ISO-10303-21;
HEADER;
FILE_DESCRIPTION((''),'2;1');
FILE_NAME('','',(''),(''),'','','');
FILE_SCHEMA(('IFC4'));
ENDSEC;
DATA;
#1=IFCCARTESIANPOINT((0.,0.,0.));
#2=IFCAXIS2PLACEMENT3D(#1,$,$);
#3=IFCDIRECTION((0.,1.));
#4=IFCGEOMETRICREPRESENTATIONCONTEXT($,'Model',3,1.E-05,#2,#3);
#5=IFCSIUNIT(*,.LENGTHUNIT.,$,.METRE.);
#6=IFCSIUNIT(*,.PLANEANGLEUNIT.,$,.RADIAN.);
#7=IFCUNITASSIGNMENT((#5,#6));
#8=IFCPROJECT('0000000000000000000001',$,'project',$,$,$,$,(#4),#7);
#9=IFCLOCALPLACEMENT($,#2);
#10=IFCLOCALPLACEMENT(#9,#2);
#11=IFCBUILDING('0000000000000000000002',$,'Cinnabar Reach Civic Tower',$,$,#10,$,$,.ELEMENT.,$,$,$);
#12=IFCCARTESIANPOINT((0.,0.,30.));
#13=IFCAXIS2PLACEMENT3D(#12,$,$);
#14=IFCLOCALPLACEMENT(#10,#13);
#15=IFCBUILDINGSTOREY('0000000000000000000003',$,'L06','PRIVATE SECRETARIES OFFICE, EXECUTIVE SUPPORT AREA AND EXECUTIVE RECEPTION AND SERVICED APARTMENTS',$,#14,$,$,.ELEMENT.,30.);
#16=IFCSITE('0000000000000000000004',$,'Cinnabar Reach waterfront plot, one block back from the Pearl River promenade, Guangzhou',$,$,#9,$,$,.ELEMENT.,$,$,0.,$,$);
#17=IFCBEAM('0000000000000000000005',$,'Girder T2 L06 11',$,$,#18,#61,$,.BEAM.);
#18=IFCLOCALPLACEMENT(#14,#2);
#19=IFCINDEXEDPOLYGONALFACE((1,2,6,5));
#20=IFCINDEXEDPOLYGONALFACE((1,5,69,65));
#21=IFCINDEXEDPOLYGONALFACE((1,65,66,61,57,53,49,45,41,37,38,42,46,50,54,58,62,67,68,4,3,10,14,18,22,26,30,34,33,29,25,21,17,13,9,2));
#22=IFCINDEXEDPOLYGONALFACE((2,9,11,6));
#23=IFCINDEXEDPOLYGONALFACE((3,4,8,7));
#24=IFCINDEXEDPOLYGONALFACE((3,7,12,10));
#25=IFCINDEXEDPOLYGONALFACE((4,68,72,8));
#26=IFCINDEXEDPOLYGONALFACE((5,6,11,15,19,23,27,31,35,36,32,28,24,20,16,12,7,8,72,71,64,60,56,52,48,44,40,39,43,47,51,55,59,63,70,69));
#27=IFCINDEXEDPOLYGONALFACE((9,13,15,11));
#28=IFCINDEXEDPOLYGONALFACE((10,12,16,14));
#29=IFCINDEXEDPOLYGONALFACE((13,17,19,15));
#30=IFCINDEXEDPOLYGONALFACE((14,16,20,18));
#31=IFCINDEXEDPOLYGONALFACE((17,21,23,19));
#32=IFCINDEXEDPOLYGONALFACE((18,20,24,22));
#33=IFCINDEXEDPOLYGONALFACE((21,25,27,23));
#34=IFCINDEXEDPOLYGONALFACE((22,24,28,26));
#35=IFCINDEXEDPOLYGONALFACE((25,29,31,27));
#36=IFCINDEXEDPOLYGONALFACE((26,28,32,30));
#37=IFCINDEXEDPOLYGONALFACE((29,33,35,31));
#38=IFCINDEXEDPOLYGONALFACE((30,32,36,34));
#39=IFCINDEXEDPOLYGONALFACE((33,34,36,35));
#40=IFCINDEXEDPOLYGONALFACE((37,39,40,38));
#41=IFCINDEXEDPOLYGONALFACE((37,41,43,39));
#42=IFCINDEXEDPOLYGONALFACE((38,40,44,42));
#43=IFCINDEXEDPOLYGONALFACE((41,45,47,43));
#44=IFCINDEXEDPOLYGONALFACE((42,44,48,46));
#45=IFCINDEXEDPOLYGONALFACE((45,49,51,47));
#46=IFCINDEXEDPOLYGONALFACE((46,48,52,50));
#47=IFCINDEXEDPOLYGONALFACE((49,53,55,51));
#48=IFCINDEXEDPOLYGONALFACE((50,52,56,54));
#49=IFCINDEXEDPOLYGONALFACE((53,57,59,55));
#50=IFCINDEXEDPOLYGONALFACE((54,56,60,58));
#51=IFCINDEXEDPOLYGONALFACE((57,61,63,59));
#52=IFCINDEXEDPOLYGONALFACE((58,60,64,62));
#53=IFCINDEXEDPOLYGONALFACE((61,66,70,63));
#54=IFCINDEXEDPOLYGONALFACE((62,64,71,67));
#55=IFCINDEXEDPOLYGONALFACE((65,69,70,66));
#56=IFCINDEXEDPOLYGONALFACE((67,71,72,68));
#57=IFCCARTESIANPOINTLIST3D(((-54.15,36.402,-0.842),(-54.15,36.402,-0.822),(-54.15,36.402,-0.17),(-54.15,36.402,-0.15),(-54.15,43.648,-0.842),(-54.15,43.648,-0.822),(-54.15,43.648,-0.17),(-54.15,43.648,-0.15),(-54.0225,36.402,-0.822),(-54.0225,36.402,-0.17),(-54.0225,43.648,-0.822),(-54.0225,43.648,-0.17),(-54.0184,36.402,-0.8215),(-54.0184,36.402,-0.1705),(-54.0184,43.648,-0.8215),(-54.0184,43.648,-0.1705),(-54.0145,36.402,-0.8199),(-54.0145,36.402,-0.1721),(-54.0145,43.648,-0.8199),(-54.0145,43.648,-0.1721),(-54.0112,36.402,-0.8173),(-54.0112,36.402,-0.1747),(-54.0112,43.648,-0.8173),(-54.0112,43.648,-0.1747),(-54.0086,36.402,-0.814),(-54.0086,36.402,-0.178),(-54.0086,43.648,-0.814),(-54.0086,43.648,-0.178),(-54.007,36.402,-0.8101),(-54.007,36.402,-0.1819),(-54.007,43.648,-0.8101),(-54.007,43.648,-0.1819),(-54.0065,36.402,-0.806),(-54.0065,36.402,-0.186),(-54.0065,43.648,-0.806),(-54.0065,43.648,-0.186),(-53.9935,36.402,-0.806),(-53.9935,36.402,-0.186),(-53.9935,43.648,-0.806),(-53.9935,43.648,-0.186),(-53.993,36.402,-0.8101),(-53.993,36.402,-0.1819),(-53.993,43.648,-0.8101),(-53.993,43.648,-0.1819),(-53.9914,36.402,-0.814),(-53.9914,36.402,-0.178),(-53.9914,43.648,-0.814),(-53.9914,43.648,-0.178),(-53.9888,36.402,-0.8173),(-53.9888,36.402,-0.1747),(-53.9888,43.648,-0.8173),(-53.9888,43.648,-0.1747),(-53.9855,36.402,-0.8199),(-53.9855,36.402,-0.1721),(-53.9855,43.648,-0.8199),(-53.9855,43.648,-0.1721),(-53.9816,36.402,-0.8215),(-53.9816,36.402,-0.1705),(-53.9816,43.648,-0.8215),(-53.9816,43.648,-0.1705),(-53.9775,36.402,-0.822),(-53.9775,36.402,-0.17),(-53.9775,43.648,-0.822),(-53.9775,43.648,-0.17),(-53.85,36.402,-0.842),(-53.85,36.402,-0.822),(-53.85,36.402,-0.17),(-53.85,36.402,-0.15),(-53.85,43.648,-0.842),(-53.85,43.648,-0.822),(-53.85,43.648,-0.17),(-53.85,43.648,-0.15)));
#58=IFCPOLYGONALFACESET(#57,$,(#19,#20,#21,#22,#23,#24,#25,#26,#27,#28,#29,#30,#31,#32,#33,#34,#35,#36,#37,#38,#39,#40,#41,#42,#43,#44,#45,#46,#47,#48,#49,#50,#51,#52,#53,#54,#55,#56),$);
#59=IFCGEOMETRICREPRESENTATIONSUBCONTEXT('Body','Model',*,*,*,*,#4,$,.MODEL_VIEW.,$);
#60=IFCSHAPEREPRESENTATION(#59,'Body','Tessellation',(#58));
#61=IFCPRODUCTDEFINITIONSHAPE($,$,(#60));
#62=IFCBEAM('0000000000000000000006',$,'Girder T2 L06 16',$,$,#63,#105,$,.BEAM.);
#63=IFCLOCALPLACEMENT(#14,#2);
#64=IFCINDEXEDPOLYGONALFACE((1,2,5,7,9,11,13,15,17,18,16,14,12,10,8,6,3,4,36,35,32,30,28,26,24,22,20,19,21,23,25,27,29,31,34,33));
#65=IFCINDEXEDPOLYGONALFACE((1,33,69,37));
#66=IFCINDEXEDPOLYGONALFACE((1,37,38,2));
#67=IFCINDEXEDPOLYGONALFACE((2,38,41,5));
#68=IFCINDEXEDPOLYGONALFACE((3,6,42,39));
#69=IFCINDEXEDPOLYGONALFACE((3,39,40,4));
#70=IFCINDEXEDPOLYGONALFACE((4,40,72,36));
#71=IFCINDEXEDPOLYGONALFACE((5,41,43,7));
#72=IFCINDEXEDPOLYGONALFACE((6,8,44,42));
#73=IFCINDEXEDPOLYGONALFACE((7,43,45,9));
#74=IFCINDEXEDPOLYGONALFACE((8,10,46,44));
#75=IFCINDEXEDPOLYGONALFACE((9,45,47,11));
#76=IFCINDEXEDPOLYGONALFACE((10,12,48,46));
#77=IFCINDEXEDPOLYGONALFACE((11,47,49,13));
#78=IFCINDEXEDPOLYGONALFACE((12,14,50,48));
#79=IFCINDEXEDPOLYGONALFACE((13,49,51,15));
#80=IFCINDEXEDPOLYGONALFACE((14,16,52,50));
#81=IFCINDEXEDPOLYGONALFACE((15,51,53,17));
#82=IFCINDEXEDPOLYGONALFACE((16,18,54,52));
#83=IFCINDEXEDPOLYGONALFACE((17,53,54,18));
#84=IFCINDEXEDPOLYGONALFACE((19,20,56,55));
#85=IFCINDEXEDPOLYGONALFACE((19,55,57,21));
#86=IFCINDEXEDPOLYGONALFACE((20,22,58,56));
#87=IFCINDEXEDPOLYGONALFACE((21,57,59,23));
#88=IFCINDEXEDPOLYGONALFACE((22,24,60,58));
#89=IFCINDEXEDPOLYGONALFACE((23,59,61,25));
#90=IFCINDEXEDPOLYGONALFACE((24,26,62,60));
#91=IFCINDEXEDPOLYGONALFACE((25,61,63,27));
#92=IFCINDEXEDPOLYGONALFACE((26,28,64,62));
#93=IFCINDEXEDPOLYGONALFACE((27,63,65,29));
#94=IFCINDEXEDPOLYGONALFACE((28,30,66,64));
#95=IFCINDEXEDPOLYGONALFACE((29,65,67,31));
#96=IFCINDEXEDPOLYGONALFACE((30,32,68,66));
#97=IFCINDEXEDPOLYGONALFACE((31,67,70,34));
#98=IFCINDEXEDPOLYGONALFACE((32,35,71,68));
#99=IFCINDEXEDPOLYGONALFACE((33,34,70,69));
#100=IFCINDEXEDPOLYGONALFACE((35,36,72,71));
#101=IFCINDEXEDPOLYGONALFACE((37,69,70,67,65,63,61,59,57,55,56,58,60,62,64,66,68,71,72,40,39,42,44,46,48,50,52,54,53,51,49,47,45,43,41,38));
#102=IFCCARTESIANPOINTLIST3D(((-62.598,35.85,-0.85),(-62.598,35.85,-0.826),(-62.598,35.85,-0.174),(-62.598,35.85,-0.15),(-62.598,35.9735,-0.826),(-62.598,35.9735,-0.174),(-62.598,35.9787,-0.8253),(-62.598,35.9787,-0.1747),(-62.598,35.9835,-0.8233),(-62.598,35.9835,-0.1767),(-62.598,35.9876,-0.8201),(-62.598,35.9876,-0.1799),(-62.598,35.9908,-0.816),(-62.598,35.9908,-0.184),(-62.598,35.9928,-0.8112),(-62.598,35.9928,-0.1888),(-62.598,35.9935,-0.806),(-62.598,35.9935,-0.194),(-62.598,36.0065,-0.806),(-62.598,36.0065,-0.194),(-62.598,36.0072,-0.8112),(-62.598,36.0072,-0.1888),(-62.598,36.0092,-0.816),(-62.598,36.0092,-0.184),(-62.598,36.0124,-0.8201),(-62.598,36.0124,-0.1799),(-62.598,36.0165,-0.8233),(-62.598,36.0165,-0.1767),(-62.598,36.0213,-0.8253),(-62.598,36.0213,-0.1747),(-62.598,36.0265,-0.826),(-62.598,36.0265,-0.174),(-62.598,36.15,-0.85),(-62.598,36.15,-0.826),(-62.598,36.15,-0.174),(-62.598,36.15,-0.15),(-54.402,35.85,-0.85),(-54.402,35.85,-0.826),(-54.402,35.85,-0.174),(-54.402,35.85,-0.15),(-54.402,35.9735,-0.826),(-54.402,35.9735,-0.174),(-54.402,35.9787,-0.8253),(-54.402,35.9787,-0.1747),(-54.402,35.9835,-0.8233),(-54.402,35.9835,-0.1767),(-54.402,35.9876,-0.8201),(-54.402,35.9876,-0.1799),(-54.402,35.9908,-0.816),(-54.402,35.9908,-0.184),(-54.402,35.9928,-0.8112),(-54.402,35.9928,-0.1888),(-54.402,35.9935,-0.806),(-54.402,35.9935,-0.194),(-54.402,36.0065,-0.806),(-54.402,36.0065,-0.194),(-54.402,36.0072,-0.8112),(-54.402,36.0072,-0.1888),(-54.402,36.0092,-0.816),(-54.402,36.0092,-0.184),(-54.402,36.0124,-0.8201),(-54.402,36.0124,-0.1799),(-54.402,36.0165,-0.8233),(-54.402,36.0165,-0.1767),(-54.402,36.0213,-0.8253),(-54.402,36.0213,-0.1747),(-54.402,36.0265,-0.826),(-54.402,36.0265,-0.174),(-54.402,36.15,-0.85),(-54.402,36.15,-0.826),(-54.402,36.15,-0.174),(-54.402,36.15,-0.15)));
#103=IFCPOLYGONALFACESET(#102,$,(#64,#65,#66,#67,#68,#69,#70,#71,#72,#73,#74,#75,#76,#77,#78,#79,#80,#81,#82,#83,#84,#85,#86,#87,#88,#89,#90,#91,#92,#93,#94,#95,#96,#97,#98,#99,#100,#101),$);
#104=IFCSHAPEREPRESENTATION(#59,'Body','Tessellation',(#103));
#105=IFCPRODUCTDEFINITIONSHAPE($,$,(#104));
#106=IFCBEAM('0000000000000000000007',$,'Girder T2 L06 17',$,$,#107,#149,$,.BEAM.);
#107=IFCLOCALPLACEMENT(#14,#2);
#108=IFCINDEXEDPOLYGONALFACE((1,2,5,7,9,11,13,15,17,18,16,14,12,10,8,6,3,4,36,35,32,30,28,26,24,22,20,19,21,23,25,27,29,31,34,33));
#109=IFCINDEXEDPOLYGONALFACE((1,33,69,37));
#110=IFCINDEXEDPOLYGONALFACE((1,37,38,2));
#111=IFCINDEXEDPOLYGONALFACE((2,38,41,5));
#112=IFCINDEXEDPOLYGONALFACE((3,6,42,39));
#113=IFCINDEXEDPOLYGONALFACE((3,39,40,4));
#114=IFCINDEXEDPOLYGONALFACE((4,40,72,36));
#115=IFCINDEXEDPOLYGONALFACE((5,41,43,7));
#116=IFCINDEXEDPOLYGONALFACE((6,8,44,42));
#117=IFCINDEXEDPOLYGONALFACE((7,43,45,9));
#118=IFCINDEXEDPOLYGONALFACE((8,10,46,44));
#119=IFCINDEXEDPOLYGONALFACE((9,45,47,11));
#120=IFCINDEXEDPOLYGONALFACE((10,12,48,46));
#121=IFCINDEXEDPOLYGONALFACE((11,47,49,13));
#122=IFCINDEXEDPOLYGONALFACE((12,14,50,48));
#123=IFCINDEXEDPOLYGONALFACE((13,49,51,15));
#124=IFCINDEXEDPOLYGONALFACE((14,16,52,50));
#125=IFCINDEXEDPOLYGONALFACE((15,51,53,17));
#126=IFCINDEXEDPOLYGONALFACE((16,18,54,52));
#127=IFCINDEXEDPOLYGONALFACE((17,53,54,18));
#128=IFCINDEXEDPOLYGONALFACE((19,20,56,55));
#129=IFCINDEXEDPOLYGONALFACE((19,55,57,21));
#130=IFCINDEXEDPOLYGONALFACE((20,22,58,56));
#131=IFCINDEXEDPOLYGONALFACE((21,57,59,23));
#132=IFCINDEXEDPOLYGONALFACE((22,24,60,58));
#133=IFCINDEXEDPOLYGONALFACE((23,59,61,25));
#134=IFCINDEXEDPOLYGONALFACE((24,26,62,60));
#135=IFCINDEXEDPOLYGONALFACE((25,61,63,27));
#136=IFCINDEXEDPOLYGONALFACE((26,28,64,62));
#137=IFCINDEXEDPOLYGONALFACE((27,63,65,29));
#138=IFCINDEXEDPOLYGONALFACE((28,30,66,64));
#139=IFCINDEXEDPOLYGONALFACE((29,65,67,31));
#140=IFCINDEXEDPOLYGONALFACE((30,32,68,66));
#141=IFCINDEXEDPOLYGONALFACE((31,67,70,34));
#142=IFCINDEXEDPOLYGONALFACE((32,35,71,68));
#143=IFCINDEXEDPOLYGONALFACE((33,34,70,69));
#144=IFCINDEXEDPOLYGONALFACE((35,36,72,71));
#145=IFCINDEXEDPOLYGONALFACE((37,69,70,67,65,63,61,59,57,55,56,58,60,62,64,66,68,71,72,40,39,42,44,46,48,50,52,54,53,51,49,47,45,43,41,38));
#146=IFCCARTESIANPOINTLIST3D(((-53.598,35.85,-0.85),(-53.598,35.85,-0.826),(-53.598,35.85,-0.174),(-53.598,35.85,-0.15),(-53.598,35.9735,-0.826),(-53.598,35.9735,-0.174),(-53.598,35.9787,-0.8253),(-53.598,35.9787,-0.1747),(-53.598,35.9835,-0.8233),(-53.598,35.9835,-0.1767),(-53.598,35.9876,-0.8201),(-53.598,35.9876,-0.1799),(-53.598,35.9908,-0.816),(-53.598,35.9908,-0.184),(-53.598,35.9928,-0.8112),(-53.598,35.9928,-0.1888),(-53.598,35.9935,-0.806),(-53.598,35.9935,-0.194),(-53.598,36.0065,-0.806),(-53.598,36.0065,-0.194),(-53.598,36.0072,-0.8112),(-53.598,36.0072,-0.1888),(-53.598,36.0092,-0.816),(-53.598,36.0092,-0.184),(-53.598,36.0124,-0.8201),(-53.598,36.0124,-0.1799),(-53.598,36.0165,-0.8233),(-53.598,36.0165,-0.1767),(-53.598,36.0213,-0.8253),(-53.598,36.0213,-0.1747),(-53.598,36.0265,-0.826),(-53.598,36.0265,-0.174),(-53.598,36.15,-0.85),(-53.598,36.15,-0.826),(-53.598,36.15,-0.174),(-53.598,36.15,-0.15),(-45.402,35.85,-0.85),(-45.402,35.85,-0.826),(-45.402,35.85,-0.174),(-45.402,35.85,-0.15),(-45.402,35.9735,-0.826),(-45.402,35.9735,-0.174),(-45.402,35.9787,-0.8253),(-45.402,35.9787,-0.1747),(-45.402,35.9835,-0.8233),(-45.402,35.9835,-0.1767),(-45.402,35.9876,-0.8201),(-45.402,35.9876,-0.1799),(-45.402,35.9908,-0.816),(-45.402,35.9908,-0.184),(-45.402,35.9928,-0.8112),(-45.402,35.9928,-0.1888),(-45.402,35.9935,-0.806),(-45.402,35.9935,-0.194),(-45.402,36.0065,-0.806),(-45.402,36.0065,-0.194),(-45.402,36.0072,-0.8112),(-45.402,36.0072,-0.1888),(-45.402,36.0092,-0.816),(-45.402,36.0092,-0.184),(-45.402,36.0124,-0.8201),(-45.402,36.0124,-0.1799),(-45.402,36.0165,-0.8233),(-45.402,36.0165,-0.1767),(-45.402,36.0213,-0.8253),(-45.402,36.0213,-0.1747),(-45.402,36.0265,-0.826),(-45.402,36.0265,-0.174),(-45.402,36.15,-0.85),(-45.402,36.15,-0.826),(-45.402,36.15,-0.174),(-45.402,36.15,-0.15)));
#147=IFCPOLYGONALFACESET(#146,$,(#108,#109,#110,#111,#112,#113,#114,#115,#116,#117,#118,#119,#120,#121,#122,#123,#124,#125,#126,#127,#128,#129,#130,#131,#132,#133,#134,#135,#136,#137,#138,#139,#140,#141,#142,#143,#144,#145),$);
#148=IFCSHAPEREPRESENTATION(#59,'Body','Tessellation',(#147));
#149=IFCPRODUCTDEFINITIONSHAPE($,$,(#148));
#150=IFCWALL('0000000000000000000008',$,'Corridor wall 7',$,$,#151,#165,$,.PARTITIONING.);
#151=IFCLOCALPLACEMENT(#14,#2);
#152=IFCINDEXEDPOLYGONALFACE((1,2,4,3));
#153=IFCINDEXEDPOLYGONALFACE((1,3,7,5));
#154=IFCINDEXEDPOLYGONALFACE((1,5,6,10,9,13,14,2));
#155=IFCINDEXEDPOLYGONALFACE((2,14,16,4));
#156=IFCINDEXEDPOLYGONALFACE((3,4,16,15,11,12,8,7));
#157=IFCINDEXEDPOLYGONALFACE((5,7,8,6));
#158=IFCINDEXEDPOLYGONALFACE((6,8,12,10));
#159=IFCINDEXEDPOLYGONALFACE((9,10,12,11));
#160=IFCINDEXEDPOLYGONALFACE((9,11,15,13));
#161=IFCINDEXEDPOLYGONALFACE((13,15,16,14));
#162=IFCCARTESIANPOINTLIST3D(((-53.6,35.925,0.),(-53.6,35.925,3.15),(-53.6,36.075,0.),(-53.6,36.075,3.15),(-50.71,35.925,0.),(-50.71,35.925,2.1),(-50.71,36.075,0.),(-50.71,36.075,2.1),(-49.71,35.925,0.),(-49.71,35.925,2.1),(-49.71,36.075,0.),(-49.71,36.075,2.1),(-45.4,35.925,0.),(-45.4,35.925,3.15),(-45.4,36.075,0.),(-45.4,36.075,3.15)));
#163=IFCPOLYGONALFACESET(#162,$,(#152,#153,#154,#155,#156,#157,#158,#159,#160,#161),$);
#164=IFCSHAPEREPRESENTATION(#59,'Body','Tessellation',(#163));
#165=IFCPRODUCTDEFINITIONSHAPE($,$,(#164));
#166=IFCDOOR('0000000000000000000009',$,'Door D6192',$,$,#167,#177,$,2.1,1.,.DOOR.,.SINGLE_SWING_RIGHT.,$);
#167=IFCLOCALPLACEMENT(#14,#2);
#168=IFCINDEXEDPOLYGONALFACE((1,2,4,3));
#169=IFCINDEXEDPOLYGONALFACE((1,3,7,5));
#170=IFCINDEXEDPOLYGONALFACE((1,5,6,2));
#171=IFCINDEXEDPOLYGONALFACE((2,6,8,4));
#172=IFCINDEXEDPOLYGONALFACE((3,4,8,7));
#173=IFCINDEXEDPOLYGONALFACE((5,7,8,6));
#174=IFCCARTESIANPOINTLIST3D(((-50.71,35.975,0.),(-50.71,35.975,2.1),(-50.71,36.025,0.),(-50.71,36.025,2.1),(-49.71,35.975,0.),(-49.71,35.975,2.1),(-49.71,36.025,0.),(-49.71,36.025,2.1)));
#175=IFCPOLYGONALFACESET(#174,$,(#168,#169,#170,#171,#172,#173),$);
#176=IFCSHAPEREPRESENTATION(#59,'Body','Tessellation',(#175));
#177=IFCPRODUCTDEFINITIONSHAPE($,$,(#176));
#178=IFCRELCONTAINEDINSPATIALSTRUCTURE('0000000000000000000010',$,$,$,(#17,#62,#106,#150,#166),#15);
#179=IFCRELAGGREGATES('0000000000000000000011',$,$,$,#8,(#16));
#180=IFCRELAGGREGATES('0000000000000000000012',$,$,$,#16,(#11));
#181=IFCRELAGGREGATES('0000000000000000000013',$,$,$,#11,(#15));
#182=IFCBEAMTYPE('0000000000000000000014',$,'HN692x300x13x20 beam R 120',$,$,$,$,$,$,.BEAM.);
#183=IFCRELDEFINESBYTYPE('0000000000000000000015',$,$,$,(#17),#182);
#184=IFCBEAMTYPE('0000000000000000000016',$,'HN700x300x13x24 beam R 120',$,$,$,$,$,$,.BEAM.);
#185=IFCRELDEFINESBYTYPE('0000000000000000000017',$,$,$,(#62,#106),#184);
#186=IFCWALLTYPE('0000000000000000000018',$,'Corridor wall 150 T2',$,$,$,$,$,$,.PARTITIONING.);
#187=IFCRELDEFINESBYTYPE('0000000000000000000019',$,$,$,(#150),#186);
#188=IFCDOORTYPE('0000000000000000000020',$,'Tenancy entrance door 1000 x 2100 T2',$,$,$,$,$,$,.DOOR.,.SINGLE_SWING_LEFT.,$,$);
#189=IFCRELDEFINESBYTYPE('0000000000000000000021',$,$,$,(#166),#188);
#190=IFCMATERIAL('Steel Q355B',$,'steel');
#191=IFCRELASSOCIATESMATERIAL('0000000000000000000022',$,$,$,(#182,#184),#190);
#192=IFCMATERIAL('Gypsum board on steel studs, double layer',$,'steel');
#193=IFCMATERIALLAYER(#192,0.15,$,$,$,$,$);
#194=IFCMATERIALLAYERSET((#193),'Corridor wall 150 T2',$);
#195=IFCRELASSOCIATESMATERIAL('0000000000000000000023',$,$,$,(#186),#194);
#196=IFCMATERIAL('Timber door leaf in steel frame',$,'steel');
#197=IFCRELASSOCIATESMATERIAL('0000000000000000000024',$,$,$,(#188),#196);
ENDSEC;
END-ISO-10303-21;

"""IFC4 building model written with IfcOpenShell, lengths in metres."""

from ifc_helpers import new_model, si_unit, direction, frame, frame_2d, origin, origin_2d, place, context, subcontext, project, spatial, rectangle, i_section, extrude, material, layer, layer_set, material_profile, profile_set, type_object, element, fill, save


model = new_model("IFC4")

# Units and contexts
model_context = context("Model", 3, precision=1e-05, world=origin(), true_north=direction((0.0, 1.0)))
body_context = subcontext(model_context, "Body", "Model", "MODEL_VIEW")
ifc_project = project(units=[si_unit("LENGTHUNIT", "METRE"), si_unit("PLANEANGLEUNIT", "RADIAN")], contexts=[model_context])

# Site, building, storey
site_placement = place(None, origin())
site = spatial("IfcSite", under=ifc_project, at=site_placement, Name="Cinnabar Reach waterfront plot, one block back from the Pearl River promenade, Guangzhou", CompositionType="ELEMENT", RefElevation=0.0)
building_placement = place(site_placement, origin())
building = spatial("IfcBuilding", under=site, at=building_placement, Name="Cinnabar Reach Civic Tower", CompositionType="ELEMENT")
storey_placement = place(building_placement, frame((0.0, 0.0, 30.0)))
storey = spatial("IfcBuildingStorey", under=building, at=storey_placement, Name="L06", Description="PRIVATE SECRETARIES OFFICE, EXECUTIVE SUPPORT AREA AND EXECUTIVE RECEPTION AND SERVICED APARTMENTS", CompositionType="ELEMENT", Elevation=30.0)

# Beams
ifc_material_1 = material(Name="Steel Q355B", Category="steel")
ifc_material_profile_1 = material_profile(ifc_material_1, i_section(OverallWidth=0.3, OverallDepth=0.692, WebThickness=0.013, FlangeThickness=0.02, FilletRadius=0.016, at=origin_2d()), Name="HN692x300x13x20")
ifc_profile_set_1 = profile_set([ifc_material_profile_1], Name="Steel Q355B")
beam_type_1 = type_object("IfcBeamType", Name="HN692x300x13x20 beam R 120", PredefinedType="BEAM", material=ifc_profile_set_1)
beam_1_placement = place(storey_placement, frame((-54.0, 36.402, -0.496), z_axis=(0.0, 1.0, 0.0), x_axis=(-1.0, 0.0, 0.0)))
element("IfcBeam", 1, at=beam_1_placement, inside=storey, type_object=beam_type_1, Name="Girder T2 L06 11", PredefinedType="BEAM", context=body_context, shape_type="SweptSolid", body=[
    extrude(i_section(OverallWidth=0.3, OverallDepth=0.692, WebThickness=0.013, FlangeThickness=0.02, FilletRadius=0.016, at=origin_2d()), origin(), (0.0, 0.0, 1.0), 7.246),
])
ifc_material_profile_2 = material_profile(ifc_material_1, i_section(OverallWidth=0.3, OverallDepth=0.7, WebThickness=0.013, FlangeThickness=0.024, FilletRadius=0.02, at=origin_2d()), Name="HN700x300x13x24")
ifc_profile_set_2 = profile_set([ifc_material_profile_2], Name="Steel Q355B")
beam_type_2 = type_object("IfcBeamType", Name="HN700x300x13x24 beam R 120", PredefinedType="BEAM", material=ifc_profile_set_2)
for number, where, z_axis, x_axis, name in (
    (2, (-62.598, 36.0, -0.5), (1.0, 0.0, 0.0), (0.0, 1.0, 0.0), "Girder T2 L06 16"),
    (3, (-53.598, 36.0, -0.5), (1.0, 0.0, 0.0), (0.0, 1.0, 0.0), "Girder T2 L06 17"),
):
    element("IfcBeam", number, at=place(storey_placement, frame(where, z_axis=z_axis, x_axis=x_axis)), inside=storey, type_object=beam_type_2, Name=name, PredefinedType="BEAM", context=body_context, shape_type="SweptSolid", body=[
        extrude(i_section(OverallWidth=0.3, OverallDepth=0.7, WebThickness=0.013, FlangeThickness=0.024, FilletRadius=0.02, at=origin_2d()), origin(), (0.0, 0.0, 1.0), 8.196),
    ])

# Wall, opening, door
ifc_material_2 = material(Name="Gypsum board on steel studs, double layer", Category="steel")
ifc_layer_1 = layer(ifc_material_2, 0.15)
ifc_layer_set_1 = layer_set([ifc_layer_1], Name="Corridor wall 150 T2")
wall_type_1 = type_object("IfcWallType", Name="Corridor wall 150 T2", PredefinedType="PARTITIONING", material=ifc_layer_set_1)
wall_1_placement = place(storey_placement, frame((-53.6, 36.0, 0.0), z_axis=(0.0, 0.0, 1.0), x_axis=(1.0, 0.0, 0.0)))
wall_1 = element("IfcWall", 4, at=wall_1_placement, inside=storey, type_object=wall_type_1, Name="Corridor wall 7", PredefinedType="PARTITIONING", context=body_context, shape_type="SweptSolid", body=[
    extrude(rectangle(XDim=8.2, YDim=0.15, at=frame_2d((4.1, 0.0))), origin(), (0.0, 0.0, 1.0), 3.15),
])
opening_1_placement = place(wall_1_placement, frame((2.89, 0.0, 0.0)))
opening_1 = element("IfcOpeningElement", 5, at=opening_1_placement, cuts=wall_1, PredefinedType="OPENING", context=body_context, shape_type="SweptSolid", body=[
    extrude(rectangle(XDim=1.0, YDim=2.1, at=frame_2d((0.5, 1.05))), frame((0.0, 0.085, 0.0), z_axis=(0.0, -1.0, 0.0), x_axis=(1.0, 0.0, 0.0)), (0.0, 0.0, 1.0), 0.17),
])
ifc_material_3 = material(Name="Timber door leaf in steel frame", Category="steel")
door_type_1 = type_object("IfcDoorType", Name="Tenancy entrance door 1000 x 2100 T2", OperationType="SINGLE_SWING_LEFT", PredefinedType="DOOR", material=ifc_material_3)
door_1_placement = place(opening_1_placement, origin())
door_1 = element("IfcDoor", 6, at=door_1_placement, inside=storey, type_object=door_type_1, Name="Door D6192", OperationType="SINGLE_SWING_RIGHT", OverallHeight=2.1, OverallWidth=1.0, PredefinedType="DOOR", context=body_context, shape_type="SweptSolid", body=[
    extrude(rectangle(XDim=1.0, YDim=2.1, at=frame_2d((0.5, 1.05))), frame((0.0, 0.025, 0.0), z_axis=(0.0, -1.0, 0.0), x_axis=(1.0, 0.0, 0.0)), (0.0, 0.0, 1.0), 0.05),
])
fill(opening_1, door_1)

save(model, "model.ifc")
